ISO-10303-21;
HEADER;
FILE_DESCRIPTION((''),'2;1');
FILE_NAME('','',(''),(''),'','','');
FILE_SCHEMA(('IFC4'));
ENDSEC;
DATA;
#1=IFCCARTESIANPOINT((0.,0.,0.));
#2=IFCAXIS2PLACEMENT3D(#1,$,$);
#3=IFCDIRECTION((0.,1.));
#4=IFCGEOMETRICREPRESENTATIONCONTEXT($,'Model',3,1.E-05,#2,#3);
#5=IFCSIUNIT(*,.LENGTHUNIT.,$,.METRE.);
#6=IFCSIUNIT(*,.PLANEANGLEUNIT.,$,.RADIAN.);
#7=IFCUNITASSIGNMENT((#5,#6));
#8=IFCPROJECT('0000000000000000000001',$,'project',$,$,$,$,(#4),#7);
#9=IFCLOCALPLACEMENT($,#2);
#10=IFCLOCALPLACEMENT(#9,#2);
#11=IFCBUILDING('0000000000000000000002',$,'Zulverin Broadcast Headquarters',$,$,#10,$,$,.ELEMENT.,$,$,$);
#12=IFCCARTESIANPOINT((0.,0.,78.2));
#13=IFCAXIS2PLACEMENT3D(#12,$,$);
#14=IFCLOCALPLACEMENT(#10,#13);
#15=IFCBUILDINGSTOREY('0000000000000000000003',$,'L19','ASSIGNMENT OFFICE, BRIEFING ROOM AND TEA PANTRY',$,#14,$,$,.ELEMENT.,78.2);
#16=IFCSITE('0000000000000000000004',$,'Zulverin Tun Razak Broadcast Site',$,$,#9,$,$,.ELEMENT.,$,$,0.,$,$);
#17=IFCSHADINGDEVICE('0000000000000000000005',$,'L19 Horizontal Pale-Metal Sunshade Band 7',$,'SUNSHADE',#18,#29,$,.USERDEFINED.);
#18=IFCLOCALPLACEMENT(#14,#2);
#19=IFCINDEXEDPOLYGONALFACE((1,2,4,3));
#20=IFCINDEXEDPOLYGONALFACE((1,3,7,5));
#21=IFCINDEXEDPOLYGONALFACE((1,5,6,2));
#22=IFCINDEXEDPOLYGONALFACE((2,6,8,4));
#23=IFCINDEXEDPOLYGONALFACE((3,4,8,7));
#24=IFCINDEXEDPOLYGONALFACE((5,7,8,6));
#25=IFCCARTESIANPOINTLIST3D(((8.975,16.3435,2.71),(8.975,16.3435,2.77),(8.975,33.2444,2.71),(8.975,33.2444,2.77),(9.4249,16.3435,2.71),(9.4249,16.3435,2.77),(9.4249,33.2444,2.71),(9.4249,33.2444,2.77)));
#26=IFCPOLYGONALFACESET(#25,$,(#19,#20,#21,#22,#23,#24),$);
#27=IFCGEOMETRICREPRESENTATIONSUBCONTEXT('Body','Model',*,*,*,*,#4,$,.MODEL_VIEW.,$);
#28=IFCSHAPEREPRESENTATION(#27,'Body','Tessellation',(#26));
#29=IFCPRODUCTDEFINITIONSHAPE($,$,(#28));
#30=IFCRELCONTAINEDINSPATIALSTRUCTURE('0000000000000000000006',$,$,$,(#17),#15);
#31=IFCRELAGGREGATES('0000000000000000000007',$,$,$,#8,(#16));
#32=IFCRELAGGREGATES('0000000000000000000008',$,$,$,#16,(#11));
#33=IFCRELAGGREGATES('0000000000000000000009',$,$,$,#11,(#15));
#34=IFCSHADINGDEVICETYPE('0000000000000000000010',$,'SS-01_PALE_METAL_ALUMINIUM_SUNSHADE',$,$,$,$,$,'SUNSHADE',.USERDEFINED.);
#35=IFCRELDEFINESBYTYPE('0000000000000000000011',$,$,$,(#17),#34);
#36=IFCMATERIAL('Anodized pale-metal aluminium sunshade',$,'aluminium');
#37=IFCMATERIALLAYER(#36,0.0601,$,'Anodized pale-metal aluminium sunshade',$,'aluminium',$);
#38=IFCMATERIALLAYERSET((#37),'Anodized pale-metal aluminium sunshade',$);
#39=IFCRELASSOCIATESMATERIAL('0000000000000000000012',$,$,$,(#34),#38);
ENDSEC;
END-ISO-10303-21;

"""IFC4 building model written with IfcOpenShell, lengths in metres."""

from ifc_helpers import new_model, si_unit, direction, frame, origin, origin_2d, place, context, subcontext, project, spatial, rectangle, extrude, material, layer, layer_set, type_object, element, save


model = new_model("IFC4")

# Units and contexts
model_context = context("Model", 3, precision=1e-05, world=origin(), true_north=direction((0.0, 1.0)))
body_context = subcontext(model_context, "Body", "Model", "MODEL_VIEW")
ifc_project = project(units=[si_unit("LENGTHUNIT", "METRE"), si_unit("PLANEANGLEUNIT", "RADIAN")], contexts=[model_context])

# Site, building, storey
site_placement = place(None, origin())
site = spatial("IfcSite", under=ifc_project, at=site_placement, Name="Zulverin Tun Razak Broadcast Site", CompositionType="ELEMENT", RefElevation=0.0)
building_placement = place(site_placement, origin())
building = spatial("IfcBuilding", under=site, at=building_placement, Name="Zulverin Broadcast Headquarters", CompositionType="ELEMENT")
storey_placement = place(building_placement, frame((0.0, 0.0, 78.2)))
storey = spatial("IfcBuildingStorey", under=building, at=storey_placement, Name="L19", Description="ASSIGNMENT OFFICE, BRIEFING ROOM AND TEA PANTRY", CompositionType="ELEMENT", Elevation=78.2)

# Shading device
ifc_material_1 = material(Name="Anodized pale-metal aluminium sunshade", Category="aluminium")
ifc_layer_1 = layer(ifc_material_1, 0.0601, Name="Anodized pale-metal aluminium sunshade", Category="aluminium")
ifc_layer_set_1 = layer_set([ifc_layer_1], Name="Anodized pale-metal aluminium sunshade")
shading_device_type = type_object("IfcShadingDeviceType", Name="SS-01_PALE_METAL_ALUMINIUM_SUNSHADE", ElementType="SUNSHADE", PredefinedType="USERDEFINED", material=ifc_layer_set_1)
shading_device_placement = place(storey_placement, frame((9.2, 24.7939, 2.71), z_axis=(0.0, 0.0, 1.0), x_axis=(0.0, -1.0, 0.0)))
element("IfcShadingDevice", 1, at=shading_device_placement, inside=storey, type_object=shading_device_type, Name="L19 Horizontal Pale-Metal Sunshade Band 7", ObjectType="SUNSHADE", PredefinedType="USERDEFINED", context=body_context, shape_type="SweptSolid", body=[
    extrude(rectangle(XDim=16.9009, YDim=0.45, at=origin_2d()), origin(), (0.0, 0.0, 1.0), 0.0601),
])

save(model, "model.ifc")
